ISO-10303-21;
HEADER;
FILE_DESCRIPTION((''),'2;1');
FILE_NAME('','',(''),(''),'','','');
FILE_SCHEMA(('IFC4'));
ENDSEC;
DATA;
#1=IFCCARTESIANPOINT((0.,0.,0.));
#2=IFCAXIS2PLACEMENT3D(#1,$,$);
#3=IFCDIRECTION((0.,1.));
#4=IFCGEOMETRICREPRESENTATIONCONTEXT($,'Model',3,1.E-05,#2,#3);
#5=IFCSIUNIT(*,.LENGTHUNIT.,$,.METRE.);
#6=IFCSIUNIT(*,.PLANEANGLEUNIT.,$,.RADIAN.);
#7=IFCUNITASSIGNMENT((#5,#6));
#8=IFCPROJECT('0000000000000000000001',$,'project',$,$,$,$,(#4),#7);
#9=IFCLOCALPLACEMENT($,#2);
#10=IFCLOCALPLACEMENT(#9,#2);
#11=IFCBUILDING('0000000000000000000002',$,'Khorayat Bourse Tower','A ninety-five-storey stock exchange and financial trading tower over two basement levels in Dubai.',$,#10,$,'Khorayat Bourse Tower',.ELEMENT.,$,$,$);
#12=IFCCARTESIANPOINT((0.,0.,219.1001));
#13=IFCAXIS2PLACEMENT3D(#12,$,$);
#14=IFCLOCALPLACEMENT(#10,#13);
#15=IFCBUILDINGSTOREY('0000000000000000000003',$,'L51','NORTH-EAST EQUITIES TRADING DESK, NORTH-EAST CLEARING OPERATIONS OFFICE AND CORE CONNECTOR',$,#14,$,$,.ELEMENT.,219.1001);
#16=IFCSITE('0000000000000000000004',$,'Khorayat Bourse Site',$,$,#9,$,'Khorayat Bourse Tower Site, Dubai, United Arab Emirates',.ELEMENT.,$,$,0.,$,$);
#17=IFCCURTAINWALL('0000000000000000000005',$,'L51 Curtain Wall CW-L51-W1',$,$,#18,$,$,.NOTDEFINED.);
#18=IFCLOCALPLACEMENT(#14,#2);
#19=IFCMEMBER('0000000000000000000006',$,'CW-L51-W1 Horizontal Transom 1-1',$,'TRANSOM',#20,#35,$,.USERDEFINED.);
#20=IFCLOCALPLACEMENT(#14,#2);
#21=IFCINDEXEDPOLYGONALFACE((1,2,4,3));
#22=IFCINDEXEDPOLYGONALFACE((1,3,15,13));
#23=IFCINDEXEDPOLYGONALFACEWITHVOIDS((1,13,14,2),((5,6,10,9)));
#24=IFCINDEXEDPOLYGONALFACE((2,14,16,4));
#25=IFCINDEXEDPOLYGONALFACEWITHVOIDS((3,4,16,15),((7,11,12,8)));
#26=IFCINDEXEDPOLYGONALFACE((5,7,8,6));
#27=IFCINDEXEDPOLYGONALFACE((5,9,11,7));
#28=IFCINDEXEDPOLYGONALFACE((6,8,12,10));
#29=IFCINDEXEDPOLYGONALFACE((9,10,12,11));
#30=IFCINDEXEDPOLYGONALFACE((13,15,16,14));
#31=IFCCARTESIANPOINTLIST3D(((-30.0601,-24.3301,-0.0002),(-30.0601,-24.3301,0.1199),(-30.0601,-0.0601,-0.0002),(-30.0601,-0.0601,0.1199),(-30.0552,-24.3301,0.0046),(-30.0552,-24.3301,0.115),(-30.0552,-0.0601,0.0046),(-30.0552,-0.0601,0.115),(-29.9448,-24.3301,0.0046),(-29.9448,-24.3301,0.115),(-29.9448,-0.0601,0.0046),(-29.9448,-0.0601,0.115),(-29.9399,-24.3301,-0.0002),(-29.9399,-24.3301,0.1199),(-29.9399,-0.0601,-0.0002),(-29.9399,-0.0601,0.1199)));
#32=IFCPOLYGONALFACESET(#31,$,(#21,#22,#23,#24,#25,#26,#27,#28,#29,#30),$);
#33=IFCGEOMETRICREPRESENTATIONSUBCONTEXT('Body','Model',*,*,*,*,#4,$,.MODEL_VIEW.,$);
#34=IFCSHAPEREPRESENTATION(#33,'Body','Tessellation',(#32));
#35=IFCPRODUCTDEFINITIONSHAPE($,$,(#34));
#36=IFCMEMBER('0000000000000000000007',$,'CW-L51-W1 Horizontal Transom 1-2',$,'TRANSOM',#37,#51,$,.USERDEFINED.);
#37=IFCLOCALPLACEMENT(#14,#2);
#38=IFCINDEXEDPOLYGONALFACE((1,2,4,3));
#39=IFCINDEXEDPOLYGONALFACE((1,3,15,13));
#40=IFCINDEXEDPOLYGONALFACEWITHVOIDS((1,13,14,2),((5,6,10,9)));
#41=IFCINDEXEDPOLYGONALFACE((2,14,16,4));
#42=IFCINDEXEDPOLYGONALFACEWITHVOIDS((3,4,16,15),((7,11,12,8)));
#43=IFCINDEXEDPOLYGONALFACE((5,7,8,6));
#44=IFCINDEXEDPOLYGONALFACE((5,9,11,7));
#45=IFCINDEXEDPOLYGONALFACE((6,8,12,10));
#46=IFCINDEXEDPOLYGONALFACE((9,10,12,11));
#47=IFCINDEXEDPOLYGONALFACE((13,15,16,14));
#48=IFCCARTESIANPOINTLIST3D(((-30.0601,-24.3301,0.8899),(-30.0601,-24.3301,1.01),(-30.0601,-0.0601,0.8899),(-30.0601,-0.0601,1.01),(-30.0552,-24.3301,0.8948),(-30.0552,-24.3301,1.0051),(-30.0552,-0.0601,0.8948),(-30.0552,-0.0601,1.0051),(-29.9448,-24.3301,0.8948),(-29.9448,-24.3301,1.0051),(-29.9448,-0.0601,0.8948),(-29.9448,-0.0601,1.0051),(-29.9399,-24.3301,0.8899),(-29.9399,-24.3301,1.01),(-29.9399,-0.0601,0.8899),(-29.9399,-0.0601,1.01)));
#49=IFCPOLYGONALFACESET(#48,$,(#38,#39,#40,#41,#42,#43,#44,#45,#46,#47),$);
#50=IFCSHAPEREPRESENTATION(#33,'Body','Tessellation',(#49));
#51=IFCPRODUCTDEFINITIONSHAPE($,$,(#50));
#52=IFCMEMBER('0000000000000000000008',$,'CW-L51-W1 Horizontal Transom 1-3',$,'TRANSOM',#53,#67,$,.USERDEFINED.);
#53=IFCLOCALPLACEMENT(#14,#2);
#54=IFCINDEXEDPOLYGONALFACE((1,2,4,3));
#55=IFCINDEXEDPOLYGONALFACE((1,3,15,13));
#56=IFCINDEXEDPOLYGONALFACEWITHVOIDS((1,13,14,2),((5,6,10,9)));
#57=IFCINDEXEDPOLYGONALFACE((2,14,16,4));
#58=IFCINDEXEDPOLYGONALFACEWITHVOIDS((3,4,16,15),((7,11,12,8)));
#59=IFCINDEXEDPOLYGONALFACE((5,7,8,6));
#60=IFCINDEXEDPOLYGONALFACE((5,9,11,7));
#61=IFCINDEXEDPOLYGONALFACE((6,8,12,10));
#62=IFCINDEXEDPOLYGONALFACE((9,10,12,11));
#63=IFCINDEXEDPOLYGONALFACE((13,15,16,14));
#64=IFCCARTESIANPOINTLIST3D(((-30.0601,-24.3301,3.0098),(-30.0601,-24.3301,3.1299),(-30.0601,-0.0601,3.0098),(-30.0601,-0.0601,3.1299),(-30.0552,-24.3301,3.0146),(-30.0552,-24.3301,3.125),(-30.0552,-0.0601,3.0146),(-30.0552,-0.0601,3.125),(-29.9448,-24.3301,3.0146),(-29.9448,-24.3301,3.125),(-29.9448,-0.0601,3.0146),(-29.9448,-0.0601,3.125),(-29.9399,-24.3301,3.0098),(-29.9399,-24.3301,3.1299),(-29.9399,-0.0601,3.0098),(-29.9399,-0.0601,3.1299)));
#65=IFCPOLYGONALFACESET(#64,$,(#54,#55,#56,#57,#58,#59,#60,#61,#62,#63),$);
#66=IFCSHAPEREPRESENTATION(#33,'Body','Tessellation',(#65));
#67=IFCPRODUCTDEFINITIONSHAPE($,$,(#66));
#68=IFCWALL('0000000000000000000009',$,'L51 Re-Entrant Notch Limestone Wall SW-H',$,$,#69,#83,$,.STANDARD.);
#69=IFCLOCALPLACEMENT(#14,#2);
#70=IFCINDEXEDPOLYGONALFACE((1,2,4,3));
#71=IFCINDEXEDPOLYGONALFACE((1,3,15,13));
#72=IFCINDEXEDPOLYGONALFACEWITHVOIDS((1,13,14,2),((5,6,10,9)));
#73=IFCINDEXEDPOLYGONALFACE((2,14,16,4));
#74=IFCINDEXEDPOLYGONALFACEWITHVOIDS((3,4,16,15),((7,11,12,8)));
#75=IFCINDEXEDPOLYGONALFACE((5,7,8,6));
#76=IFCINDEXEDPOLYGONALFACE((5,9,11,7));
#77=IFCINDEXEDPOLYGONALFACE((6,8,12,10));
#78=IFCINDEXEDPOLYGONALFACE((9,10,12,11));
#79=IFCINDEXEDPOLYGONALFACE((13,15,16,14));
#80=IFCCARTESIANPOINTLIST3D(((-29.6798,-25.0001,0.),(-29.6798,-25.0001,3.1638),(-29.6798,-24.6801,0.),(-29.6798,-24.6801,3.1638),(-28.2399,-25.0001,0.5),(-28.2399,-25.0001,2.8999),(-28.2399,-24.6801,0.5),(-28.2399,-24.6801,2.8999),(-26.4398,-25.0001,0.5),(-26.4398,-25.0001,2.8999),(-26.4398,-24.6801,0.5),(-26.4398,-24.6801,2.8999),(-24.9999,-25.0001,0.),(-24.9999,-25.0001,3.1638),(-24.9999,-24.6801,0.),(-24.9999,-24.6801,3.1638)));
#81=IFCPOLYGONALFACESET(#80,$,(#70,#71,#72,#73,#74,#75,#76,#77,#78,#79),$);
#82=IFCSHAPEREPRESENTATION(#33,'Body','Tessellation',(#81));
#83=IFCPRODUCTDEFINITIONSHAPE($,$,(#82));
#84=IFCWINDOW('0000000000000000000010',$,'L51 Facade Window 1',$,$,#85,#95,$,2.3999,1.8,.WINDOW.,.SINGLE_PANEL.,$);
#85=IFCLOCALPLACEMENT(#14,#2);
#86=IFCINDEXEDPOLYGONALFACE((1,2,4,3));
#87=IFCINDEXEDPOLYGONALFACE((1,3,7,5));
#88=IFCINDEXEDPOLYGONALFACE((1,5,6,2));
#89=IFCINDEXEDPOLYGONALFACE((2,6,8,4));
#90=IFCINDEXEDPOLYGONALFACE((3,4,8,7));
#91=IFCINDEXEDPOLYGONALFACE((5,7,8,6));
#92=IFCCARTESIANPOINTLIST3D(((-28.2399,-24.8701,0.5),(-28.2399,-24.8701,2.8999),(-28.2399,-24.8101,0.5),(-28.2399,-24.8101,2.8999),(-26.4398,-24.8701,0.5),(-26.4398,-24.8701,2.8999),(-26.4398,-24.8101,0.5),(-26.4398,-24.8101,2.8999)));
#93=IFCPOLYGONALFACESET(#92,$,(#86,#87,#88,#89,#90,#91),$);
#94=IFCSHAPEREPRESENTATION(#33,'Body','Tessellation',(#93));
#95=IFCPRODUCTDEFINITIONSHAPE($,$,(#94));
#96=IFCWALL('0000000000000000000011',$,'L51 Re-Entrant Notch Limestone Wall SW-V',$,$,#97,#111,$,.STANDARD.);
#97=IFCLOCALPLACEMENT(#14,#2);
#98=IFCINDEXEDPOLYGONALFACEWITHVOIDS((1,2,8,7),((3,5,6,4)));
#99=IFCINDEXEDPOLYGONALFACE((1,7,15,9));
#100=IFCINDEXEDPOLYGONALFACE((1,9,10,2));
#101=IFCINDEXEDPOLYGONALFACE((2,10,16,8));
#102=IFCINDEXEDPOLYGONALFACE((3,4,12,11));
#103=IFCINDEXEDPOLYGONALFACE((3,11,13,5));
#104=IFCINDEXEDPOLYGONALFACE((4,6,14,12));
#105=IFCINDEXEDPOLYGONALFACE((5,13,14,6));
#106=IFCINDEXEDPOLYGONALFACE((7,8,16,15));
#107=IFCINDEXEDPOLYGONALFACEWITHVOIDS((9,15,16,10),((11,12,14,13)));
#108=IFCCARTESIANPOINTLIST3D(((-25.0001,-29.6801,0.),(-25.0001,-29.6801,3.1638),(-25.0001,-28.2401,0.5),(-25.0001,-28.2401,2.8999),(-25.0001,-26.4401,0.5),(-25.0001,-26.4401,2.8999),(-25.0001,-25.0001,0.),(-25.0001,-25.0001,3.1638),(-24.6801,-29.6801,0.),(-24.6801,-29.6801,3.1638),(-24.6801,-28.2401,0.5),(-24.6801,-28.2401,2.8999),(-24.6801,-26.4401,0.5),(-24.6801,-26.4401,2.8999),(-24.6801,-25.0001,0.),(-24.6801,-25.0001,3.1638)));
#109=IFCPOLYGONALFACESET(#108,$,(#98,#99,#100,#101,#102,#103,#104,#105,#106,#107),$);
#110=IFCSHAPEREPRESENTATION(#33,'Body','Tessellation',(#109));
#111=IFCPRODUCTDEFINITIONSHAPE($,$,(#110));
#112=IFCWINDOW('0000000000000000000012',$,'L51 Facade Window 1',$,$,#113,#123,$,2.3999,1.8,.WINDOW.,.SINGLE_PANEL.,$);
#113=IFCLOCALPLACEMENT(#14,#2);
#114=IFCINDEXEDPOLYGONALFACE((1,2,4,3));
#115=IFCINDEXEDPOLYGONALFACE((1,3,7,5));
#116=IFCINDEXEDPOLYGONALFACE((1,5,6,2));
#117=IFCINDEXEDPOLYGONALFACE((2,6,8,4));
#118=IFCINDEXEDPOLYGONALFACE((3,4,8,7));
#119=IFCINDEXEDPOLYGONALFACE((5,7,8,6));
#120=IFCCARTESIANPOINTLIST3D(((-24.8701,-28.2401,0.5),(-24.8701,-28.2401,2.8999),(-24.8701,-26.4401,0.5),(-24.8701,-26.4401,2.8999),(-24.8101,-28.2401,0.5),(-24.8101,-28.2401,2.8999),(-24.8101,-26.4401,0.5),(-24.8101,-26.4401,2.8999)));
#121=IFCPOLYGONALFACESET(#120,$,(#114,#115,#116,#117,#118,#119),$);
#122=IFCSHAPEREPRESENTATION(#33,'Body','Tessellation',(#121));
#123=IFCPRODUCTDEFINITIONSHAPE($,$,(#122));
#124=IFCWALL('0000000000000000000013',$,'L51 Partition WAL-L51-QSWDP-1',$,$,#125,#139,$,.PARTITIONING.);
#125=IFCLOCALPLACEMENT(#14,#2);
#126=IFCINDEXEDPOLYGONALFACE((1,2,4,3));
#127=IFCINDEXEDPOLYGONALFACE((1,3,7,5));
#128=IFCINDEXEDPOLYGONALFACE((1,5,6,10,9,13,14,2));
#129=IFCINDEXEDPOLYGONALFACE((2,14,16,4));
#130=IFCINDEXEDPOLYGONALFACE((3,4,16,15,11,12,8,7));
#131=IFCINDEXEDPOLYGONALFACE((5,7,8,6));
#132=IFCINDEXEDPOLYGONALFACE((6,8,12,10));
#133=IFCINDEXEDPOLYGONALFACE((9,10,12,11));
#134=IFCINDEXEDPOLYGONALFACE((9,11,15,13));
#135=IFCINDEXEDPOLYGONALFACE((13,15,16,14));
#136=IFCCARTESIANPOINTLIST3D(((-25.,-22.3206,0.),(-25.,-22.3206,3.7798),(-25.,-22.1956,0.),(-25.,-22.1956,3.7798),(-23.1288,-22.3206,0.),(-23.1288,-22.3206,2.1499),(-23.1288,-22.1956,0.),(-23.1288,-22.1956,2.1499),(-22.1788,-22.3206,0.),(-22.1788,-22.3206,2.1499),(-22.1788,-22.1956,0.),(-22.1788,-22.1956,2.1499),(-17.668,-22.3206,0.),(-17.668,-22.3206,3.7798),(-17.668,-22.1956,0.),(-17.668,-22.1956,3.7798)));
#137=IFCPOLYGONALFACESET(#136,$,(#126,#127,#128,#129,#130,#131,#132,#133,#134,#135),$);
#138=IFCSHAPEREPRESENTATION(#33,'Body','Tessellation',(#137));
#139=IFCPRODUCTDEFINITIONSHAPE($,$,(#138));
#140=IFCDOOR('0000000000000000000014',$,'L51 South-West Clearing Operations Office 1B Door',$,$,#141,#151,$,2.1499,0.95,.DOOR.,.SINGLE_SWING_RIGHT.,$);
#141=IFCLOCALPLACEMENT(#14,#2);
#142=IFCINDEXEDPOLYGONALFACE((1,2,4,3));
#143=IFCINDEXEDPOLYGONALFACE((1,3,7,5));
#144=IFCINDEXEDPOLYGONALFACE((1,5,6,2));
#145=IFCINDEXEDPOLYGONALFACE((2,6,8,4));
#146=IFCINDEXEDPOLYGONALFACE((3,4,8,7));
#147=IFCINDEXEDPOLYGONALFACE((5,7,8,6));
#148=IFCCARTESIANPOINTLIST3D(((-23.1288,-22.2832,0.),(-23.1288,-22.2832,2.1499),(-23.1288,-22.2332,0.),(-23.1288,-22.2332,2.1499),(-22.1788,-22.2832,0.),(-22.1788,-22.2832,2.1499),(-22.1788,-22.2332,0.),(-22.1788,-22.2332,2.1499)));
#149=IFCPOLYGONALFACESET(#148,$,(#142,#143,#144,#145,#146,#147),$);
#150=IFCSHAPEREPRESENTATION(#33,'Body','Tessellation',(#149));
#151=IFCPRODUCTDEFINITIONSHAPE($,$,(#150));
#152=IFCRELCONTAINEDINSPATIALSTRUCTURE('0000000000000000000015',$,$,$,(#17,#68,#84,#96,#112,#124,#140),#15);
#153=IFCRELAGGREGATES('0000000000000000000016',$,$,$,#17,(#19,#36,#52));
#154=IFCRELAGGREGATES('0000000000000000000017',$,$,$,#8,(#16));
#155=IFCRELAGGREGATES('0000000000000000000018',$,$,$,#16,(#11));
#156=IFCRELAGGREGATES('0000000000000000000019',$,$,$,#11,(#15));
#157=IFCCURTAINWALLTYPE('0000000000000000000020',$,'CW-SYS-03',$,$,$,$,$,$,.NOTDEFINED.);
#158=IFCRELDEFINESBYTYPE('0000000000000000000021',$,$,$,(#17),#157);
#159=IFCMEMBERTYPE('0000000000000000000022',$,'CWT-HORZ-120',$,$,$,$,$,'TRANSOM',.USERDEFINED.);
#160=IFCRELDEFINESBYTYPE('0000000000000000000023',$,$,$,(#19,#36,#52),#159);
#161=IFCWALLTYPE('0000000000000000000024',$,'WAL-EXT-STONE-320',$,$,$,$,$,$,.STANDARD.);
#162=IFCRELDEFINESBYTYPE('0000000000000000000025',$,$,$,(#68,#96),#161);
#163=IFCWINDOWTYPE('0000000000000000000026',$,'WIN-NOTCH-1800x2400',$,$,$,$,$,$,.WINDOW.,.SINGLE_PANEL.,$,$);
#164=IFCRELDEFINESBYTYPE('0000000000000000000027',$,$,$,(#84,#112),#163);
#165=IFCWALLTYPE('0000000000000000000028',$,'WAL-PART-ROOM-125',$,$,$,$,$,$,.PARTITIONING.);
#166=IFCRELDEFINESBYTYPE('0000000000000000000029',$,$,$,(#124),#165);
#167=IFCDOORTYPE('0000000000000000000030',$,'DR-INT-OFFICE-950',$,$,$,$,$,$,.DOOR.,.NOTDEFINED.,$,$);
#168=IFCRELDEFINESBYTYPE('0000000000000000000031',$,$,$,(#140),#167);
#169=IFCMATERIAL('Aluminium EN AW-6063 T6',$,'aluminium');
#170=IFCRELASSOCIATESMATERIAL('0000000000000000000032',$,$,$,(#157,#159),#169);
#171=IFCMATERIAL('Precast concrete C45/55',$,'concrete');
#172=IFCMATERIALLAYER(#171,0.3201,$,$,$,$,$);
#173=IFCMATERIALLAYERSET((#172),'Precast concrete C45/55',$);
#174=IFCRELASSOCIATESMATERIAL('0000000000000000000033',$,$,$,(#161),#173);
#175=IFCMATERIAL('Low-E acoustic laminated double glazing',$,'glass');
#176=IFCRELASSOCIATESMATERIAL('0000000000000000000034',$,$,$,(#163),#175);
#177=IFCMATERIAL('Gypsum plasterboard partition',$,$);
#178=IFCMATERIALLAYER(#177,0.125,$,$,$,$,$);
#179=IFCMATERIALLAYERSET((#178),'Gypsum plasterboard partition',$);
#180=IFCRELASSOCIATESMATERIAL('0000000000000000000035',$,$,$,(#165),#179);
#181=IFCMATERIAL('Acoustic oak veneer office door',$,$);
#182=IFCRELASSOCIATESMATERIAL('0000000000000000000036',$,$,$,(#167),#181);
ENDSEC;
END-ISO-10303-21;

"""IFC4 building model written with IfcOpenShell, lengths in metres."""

from ifc_helpers import new_model, si_unit, direction, frame, frame_2d, origin, origin_2d, place, context, subcontext, project, spatial, rectangle, hollow_rectangle, extrude, source, transform, mapped, material, layer, layer_set, material_profile, profile_set, type_object, element, fill, aggregate, save


model = new_model("IFC4")

# Units and contexts
model_context = context("Model", 3, precision=1e-05, world=origin(), true_north=direction((0.0, 1.0)))
body_context = subcontext(model_context, "Body", "Model", "MODEL_VIEW")
ifc_project = project(units=[si_unit("LENGTHUNIT", "METRE"), si_unit("PLANEANGLEUNIT", "RADIAN")], contexts=[model_context])

# Site, building, storey
site_placement = place(None, origin())
site = spatial("IfcSite", under=ifc_project, at=site_placement, Name="Khorayat Bourse Site", LongName="Khorayat Bourse Tower Site, Dubai, United Arab Emirates", CompositionType="ELEMENT", RefElevation=0.0)
building_placement = place(site_placement, origin())
building = spatial("IfcBuilding", under=site, at=building_placement, Name="Khorayat Bourse Tower", Description="A ninety-five-storey stock exchange and financial trading tower over two basement levels in Dubai.", LongName="Khorayat Bourse Tower", CompositionType="ELEMENT")
storey_placement = place(building_placement, frame((0.0, 0.0, 219.1001)))
storey = spatial("IfcBuildingStorey", under=building, at=storey_placement, Name="L51", Description="NORTH-EAST EQUITIES TRADING DESK, NORTH-EAST CLEARING OPERATIONS OFFICE AND CORE CONNECTOR", CompositionType="ELEMENT", Elevation=219.1001)

# Curtain wall
ifc_material_1 = material(Name="Aluminium EN AW-6063 T6", Category="aluminium")
curtain_wall_type = type_object("IfcCurtainWallType", Name="CW-SYS-03", PredefinedType="NOTDEFINED", material=ifc_material_1)
curtain_wall_1_placement = place(storey_placement, origin())
curtain_wall_1 = element("IfcCurtainWall", 1, at=curtain_wall_1_placement, inside=storey, type_object=curtain_wall_type, Name="L51 Curtain Wall CW-L51-W1", PredefinedType="NOTDEFINED")

# Members
ifc_material_profile_1 = material_profile(ifc_material_1, hollow_rectangle(XDim=0.1201, YDim=0.1201, WallThickness=0.0049, at=origin_2d()), Name="ALU 120x120x5")
ifc_profile_set_1 = profile_set([ifc_material_profile_1], Name="Aluminium EN AW-6063 T6")
member_type_1 = type_object("IfcMemberType", Name="CWT-HORZ-120", ElementType="TRANSOM", PredefinedType="USERDEFINED", material=ifc_profile_set_1)
shared_shape_1 = source(origin(), body_context, "Body", "SweptSolid", [
    extrude(hollow_rectangle(XDim=0.1201, YDim=0.1201, WallThickness=0.0049, at=origin_2d()), origin(), (0.0, 0.0, 1.0), 24.27),
])
member_1_placement = place(storey_placement, frame((-30.0, -24.3301, 0.0598), z_axis=(0.0, 1.0, 0.0), x_axis=(-1.0, 0.0, 0.0)))
member_1 = element("IfcMember", 2, at=member_1_placement, type_object=member_type_1, Name="CW-L51-W1 Horizontal Transom 1-1", ObjectType="TRANSOM", PredefinedType="USERDEFINED", context=body_context, shape_type="MappedRepresentation", body=[
    mapped(shared_shape_1, transform((0.0, 0.0, 0.0), scale=1.0)),
])
member_2_placement = place(storey_placement, frame((-30.0, -24.3301, 0.95), z_axis=(0.0, 1.0, 0.0), x_axis=(-1.0, 0.0, 0.0)))
member_2 = element("IfcMember", 3, at=member_2_placement, type_object=member_type_1, Name="CW-L51-W1 Horizontal Transom 1-2", ObjectType="TRANSOM", PredefinedType="USERDEFINED", context=body_context, shape_type="MappedRepresentation", body=[
    mapped(shared_shape_1, transform((0.0, 0.0, 0.0), scale=1.0)),
])
member_3_placement = place(storey_placement, frame((-30.0, -24.3301, 3.0698), z_axis=(0.0, 1.0, 0.0), x_axis=(-1.0, 0.0, 0.0)))
member_3 = element("IfcMember", 4, at=member_3_placement, type_object=member_type_1, Name="CW-L51-W1 Horizontal Transom 1-3", ObjectType="TRANSOM", PredefinedType="USERDEFINED", context=body_context, shape_type="MappedRepresentation", body=[
    mapped(shared_shape_1, transform((0.0, 0.0, 0.0), scale=1.0)),
])
aggregate(curtain_wall_1, [member_1, member_2, member_3])

# Walls, openings, windows
ifc_material_2 = material(Name="Precast concrete C45/55", Category="concrete")
ifc_layer_1 = layer(ifc_material_2, 0.3201)
ifc_layer_set_1 = layer_set([ifc_layer_1], Name="Precast concrete C45/55")
wall_type_1 = type_object("IfcWallType", Name="WAL-EXT-STONE-320", PredefinedType="STANDARD", material=ifc_layer_set_1)
shared_shape_2 = source(origin(), body_context, "Body", "SweptSolid", [
    extrude(rectangle(XDim=4.6799, YDim=0.3201, at=frame_2d((2.3398, 0.0))), origin(), (0.0, 0.0, 1.0), 3.1638),
])
wall_1_placement = place(storey_placement, frame((-25.0, -24.8401, 0.0), z_axis=(0.0, 0.0, 1.0), x_axis=(-1.0, 0.0, 0.0)))
wall_1 = element("IfcWall", 5, at=wall_1_placement, inside=storey, type_object=wall_type_1, Name="L51 Re-Entrant Notch Limestone Wall SW-H", PredefinedType="STANDARD", context=body_context, shape_type="MappedRepresentation", body=[
    mapped(shared_shape_2, transform((0.0, 0.0, 0.0), scale=1.0)),
])
shared_shape_3 = source(origin(), body_context, "Body", "SweptSolid", [
    extrude(rectangle(XDim=1.8, YDim=2.3999, at=frame_2d((0.8999, 1.2))), frame((0.0, 0.1699, 0.0), z_axis=(0.0, -1.0, 0.0), x_axis=(1.0, 0.0, 0.0)), (0.0, 0.0, 1.0), 0.3401),
])
opening_1_placement = place(wall_1_placement, frame((1.4399, 0.0, 0.5)))
opening_1 = element("IfcOpeningElement", 6, at=opening_1_placement, cuts=wall_1, PredefinedType="OPENING", context=body_context, shape_type="MappedRepresentation", body=[
    mapped(shared_shape_3, transform((0.0, 0.0, 0.0), scale=1.0)),
])
ifc_material_3 = material(Name="Low-E acoustic laminated double glazing", Category="glass")
window_type = type_object("IfcWindowType", Name="WIN-NOTCH-1800x2400", PartitioningType="SINGLE_PANEL", PredefinedType="WINDOW", material=ifc_material_3)
shared_shape_4 = source(origin(), body_context, "Body", "SweptSolid", [
    extrude(rectangle(XDim=1.8, YDim=2.3999, at=frame_2d((0.8999, 1.2))), frame((0.0, 0.03, 0.0), z_axis=(0.0, -1.0, 0.0), x_axis=(1.0, 0.0, 0.0)), (0.0, 0.0, 1.0), 0.0601),
])
window_1_placement = place(opening_1_placement, origin())
window_1 = element("IfcWindow", 7, at=window_1_placement, inside=storey, type_object=window_type, Name="L51 Facade Window 1", OverallHeight=2.3999, OverallWidth=1.8, PartitioningType="SINGLE_PANEL", PredefinedType="WINDOW", context=body_context, shape_type="MappedRepresentation", body=[
    mapped(shared_shape_4, transform((0.0, 0.0, 0.0), scale=1.0)),
])
fill(opening_1, window_1)
wall_2_placement = place(storey_placement, frame((-24.8401, -29.6799, 0.0), z_axis=(0.0, 0.0, 1.0), x_axis=(0.0, 1.0, 0.0)))
wall_2 = element("IfcWall", 8, at=wall_2_placement, inside=storey, type_object=wall_type_1, Name="L51 Re-Entrant Notch Limestone Wall SW-V", PredefinedType="STANDARD", context=body_context, shape_type="MappedRepresentation", body=[
    mapped(shared_shape_2, transform((0.0, 0.0, 0.0), scale=1.0)),
])
opening_2_placement = place(wall_2_placement, frame((1.4399, 0.0, 0.5)))
opening_2 = element("IfcOpeningElement", 9, at=opening_2_placement, cuts=wall_2, PredefinedType="OPENING", context=body_context, shape_type="MappedRepresentation", body=[
    mapped(shared_shape_3, transform((0.0, 0.0, 0.0), scale=1.0)),
])
window_2_placement = place(opening_2_placement, origin())
window_2 = element("IfcWindow", 10, at=window_2_placement, inside=storey, type_object=window_type, Name="L51 Facade Window 1", OverallHeight=2.3999, OverallWidth=1.8, PartitioningType="SINGLE_PANEL", PredefinedType="WINDOW", context=body_context, shape_type="MappedRepresentation", body=[
    mapped(shared_shape_4, transform((0.0, 0.0, 0.0), scale=1.0)),
])
fill(opening_2, window_2)

# Wall, opening, door
ifc_material_4 = material(Name="Gypsum plasterboard partition")
ifc_layer_2 = layer(ifc_material_4, 0.125)
ifc_layer_set_2 = layer_set([ifc_layer_2], Name="Gypsum plasterboard partition")
wall_type_2 = type_object("IfcWallType", Name="WAL-PART-ROOM-125", PredefinedType="PARTITIONING", material=ifc_layer_set_2)
shared_shape_5 = source(origin(), body_context, "Body", "SweptSolid", [
    extrude(rectangle(XDim=7.332, YDim=0.125, at=frame_2d((3.666, 0.0))), origin(), (0.0, 0.0, 1.0), 3.7798),
])
wall_3_placement = place(storey_placement, frame((-25.0, -22.2581, 0.0), z_axis=(0.0, 0.0, 1.0), x_axis=(1.0, 0.0, 0.0)))
wall_3 = element("IfcWall", 11, at=wall_3_placement, inside=storey, type_object=wall_type_2, Name="L51 Partition WAL-L51-QSWDP-1", PredefinedType="PARTITIONING", context=body_context, shape_type="MappedRepresentation", body=[
    mapped(shared_shape_5, transform((0.0, 0.0, 0.0), scale=1.0)),
])
shared_shape_6 = source(origin(), body_context, "Body", "SweptSolid", [
    extrude(rectangle(XDim=0.95, YDim=2.1499, at=frame_2d((0.4751, 1.075))), frame((0.0, 0.0725, 0.0), z_axis=(0.0, -1.0, 0.0), x_axis=(1.0, 0.0, 0.0)), (0.0, 0.0, 1.0), 0.145),
])
opening_3_placement = place(wall_3_placement, frame((1.8711, 0.0, 0.0)))
opening_3 = element("IfcOpeningElement", 12, at=opening_3_placement, cuts=wall_3, PredefinedType="OPENING", context=body_context, shape_type="MappedRepresentation", body=[
    mapped(shared_shape_6, transform((0.0, 0.0, 0.0), scale=1.0)),
])
ifc_material_5 = material(Name="Acoustic oak veneer office door")
door_type = type_object("IfcDoorType", Name="DR-INT-OFFICE-950", OperationType="NOTDEFINED", PredefinedType="DOOR", material=ifc_material_5)
shared_shape_7 = source(origin(), body_context, "Body", "SweptSolid", [
    extrude(rectangle(XDim=0.95, YDim=2.1499, at=frame_2d((0.4751, 1.075))), frame((0.0, 0.0249, 0.0), z_axis=(0.0, -1.0, 0.0), x_axis=(1.0, 0.0, 0.0)), (0.0, 0.0, 1.0), 0.05),
])
door_placement = place(opening_3_placement, origin())
door = element("IfcDoor", 13, at=door_placement, inside=storey, type_object=door_type, Name="L51 South-West Clearing Operations Office 1B Door", OperationType="SINGLE_SWING_RIGHT", OverallHeight=2.1499, OverallWidth=0.95, PredefinedType="DOOR", context=body_context, shape_type="MappedRepresentation", body=[
    mapped(shared_shape_7, transform((0.0, 0.0, 0.0), scale=1.0)),
])
fill(opening_3, door)

save(model, "model.ifc")
